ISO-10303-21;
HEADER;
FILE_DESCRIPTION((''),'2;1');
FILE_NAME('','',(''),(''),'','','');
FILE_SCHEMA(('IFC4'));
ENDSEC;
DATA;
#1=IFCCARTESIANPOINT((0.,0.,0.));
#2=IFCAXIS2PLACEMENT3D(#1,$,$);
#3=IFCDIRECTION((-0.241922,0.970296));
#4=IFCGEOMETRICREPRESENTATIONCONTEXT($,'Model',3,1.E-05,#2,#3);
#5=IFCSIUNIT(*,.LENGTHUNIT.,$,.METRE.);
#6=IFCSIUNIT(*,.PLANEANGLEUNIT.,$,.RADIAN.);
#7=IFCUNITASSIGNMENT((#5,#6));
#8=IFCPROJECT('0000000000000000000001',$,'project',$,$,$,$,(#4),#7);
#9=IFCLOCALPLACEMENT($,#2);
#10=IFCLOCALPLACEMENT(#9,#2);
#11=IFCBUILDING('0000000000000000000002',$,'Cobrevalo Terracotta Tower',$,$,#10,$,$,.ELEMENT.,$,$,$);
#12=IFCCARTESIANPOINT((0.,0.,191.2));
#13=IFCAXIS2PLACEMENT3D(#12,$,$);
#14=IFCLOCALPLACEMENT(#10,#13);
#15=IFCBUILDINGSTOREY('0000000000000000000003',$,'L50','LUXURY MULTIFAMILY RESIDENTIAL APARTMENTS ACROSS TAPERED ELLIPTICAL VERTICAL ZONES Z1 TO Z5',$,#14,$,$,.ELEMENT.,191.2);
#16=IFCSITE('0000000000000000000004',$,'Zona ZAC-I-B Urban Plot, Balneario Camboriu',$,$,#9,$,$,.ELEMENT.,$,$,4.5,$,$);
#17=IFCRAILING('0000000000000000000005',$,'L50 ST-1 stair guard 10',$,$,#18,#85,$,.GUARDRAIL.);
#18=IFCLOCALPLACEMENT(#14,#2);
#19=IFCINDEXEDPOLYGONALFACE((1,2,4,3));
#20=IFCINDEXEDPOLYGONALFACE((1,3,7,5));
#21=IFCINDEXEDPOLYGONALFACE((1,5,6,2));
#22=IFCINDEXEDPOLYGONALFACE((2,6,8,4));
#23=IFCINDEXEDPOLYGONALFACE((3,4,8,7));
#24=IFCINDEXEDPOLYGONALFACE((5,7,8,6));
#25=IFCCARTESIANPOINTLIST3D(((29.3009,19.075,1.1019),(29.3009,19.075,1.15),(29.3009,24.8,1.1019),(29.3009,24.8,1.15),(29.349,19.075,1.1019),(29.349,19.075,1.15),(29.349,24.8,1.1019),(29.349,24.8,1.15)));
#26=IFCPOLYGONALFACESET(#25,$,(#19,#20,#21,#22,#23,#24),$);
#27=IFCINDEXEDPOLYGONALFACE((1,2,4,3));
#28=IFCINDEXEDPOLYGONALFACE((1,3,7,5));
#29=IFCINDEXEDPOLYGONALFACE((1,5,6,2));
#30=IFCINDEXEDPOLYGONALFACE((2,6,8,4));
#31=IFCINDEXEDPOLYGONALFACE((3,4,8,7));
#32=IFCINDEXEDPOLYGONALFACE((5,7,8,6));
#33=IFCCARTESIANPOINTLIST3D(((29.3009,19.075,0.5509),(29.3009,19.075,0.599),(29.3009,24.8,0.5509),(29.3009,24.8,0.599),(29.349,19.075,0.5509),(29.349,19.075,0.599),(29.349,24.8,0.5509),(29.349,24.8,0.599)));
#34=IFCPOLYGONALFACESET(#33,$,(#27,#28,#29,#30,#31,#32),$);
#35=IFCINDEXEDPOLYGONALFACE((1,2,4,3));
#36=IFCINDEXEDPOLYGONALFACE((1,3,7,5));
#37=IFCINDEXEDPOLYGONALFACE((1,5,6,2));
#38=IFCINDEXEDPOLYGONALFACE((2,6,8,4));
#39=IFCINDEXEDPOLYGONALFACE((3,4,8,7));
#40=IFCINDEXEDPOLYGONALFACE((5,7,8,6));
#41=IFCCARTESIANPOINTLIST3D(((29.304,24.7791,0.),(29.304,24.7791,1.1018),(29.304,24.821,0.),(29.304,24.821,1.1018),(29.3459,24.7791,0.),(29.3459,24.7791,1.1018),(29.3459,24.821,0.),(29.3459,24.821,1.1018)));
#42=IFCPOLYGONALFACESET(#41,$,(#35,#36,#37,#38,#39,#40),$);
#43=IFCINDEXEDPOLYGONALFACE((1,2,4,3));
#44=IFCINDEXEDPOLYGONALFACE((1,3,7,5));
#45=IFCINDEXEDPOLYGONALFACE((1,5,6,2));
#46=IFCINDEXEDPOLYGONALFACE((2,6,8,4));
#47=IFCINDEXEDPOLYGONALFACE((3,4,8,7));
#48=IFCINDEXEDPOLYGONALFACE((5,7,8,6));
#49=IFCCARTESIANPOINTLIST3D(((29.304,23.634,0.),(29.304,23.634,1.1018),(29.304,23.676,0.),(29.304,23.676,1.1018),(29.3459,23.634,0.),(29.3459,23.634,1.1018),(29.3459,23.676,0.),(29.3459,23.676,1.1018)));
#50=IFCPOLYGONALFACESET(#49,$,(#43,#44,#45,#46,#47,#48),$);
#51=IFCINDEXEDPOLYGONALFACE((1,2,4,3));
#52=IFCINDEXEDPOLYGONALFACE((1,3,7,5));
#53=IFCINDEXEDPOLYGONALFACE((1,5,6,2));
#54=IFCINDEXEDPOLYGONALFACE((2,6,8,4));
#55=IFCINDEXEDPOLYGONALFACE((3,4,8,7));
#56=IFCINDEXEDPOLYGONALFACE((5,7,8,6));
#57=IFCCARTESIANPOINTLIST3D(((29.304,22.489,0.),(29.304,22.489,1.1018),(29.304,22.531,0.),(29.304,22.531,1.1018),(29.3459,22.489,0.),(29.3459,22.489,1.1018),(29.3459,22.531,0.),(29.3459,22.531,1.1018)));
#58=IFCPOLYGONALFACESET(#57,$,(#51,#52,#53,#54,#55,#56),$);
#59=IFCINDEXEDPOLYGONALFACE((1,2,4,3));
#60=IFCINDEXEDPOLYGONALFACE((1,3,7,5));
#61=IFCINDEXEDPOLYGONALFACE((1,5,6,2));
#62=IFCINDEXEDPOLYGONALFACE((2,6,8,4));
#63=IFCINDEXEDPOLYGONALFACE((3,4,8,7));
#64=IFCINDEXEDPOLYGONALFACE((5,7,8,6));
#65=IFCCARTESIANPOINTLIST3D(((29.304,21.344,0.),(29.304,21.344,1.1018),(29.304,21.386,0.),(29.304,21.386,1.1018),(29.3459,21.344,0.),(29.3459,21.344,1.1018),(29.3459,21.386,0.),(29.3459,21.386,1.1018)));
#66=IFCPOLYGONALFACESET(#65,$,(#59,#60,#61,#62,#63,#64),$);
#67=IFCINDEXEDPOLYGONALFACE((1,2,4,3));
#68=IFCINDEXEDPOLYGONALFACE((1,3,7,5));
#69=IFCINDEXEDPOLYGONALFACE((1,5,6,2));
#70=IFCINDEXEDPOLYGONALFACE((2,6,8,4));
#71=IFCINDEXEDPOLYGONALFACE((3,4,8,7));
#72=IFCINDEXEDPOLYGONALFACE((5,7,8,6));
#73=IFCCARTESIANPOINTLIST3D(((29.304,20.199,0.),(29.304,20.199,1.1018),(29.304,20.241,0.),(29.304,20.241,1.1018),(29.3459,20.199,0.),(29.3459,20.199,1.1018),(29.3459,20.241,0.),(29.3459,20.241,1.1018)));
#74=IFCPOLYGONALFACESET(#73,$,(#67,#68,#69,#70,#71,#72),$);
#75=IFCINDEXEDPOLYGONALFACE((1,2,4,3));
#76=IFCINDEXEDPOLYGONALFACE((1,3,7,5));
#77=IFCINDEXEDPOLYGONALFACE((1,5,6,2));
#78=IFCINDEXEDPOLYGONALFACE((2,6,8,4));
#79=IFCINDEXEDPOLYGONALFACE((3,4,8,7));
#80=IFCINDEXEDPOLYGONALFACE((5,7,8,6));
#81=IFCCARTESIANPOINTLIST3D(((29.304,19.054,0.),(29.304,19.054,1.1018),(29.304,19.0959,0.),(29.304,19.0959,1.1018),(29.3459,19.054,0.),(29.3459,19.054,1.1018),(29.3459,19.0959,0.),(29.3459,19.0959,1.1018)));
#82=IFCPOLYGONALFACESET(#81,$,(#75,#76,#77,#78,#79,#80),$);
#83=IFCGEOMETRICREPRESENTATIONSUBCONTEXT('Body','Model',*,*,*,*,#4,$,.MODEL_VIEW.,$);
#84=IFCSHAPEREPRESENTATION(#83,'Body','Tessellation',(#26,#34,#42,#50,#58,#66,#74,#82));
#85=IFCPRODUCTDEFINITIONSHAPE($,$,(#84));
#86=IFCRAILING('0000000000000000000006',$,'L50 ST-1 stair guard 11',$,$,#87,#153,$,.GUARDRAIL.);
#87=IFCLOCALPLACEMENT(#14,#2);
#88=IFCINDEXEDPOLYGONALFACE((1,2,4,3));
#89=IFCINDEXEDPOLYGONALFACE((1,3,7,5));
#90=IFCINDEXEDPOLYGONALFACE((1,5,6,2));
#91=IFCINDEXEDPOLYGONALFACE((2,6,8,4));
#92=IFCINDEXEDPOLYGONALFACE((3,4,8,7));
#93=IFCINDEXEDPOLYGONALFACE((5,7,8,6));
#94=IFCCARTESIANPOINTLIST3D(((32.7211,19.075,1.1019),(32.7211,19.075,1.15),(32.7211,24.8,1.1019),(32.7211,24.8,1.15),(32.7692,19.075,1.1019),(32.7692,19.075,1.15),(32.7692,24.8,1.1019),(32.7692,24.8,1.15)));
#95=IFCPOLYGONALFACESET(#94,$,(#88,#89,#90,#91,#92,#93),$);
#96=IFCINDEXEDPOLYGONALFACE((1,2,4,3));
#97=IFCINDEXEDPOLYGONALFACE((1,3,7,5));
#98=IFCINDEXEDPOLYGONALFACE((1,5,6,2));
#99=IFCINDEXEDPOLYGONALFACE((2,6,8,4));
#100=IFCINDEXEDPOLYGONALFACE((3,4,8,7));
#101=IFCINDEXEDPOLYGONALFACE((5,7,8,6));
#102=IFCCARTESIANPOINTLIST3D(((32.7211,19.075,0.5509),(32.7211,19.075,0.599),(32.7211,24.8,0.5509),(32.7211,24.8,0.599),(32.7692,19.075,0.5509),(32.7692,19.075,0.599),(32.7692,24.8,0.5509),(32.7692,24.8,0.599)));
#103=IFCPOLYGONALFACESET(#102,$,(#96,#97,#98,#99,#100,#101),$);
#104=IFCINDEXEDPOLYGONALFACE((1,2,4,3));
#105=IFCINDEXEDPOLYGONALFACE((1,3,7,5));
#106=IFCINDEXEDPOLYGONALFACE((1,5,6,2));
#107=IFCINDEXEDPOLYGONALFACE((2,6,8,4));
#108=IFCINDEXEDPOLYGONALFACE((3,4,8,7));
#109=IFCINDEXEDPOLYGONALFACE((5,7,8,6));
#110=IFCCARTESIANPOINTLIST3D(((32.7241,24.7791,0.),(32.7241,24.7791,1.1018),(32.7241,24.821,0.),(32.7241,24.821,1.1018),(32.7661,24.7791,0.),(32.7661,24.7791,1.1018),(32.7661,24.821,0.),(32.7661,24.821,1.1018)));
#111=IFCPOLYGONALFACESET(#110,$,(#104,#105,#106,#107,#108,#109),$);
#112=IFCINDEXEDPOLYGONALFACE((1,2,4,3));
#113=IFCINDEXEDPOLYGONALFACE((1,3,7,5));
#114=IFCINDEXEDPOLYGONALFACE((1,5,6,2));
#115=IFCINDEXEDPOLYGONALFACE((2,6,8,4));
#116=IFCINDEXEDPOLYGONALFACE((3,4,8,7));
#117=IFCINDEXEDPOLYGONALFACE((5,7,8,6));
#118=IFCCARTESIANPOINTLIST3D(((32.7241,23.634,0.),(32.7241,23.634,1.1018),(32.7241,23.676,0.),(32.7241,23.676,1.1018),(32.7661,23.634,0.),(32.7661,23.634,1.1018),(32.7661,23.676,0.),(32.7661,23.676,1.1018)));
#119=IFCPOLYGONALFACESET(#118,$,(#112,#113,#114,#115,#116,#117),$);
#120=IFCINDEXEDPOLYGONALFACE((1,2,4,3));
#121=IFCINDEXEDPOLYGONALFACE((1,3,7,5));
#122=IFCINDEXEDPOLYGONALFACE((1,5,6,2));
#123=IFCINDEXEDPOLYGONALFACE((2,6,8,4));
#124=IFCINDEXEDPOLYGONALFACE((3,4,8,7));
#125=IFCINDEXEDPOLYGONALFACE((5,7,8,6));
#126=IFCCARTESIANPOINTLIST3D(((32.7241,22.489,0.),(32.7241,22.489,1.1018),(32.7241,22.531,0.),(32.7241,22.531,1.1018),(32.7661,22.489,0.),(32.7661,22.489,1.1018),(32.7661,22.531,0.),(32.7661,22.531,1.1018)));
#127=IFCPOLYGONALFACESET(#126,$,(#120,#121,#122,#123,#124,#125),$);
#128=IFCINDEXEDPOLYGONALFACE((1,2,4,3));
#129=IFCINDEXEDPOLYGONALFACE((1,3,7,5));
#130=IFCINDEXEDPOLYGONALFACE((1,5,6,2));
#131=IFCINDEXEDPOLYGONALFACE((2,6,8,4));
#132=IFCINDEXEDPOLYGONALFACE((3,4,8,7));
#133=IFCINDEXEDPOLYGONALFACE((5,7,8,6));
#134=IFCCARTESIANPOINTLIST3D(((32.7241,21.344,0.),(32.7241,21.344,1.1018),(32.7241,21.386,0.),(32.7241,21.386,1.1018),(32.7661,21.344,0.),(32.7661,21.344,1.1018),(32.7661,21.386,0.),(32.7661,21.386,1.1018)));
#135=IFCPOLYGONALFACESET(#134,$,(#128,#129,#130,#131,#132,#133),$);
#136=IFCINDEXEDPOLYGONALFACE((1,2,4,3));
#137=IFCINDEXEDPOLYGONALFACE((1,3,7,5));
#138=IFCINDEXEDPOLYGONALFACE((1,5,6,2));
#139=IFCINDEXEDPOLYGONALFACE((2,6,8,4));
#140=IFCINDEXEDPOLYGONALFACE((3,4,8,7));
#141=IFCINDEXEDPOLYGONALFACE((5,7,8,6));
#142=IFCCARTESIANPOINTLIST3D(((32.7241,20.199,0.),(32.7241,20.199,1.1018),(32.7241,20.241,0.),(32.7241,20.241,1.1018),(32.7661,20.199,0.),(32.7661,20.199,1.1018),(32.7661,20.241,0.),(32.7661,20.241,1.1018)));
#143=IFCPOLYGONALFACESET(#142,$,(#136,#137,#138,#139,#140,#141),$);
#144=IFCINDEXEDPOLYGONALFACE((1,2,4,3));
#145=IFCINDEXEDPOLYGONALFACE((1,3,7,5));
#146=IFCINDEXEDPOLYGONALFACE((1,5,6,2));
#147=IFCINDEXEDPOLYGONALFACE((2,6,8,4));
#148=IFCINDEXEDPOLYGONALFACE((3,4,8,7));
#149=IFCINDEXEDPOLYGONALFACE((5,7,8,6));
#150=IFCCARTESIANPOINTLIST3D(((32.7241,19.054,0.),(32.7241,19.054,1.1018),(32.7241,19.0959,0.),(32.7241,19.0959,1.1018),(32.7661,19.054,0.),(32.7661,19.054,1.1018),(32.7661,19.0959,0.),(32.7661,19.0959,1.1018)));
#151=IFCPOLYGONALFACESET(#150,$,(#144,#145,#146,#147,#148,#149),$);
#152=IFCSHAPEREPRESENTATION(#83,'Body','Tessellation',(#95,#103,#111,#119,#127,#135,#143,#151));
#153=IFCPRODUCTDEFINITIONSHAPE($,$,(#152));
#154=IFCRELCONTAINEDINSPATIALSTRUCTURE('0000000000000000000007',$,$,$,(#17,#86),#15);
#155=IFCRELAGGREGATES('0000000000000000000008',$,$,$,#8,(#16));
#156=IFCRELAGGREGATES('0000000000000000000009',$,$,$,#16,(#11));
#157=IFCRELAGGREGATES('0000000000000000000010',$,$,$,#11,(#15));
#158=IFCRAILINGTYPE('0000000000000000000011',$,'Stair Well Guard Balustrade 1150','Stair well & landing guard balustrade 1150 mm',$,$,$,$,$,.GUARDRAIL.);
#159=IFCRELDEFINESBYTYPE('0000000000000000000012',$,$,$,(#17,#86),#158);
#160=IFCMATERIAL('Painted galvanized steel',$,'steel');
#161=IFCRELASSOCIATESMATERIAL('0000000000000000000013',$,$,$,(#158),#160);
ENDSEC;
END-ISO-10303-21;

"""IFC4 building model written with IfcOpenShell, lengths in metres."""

from ifc_helpers import new_model, si_unit, direction, frame, origin, origin_2d, place, context, subcontext, project, spatial, rectangle, extrude, material, type_object, element, save


model = new_model("IFC4")

# Units and contexts
model_context = context("Model", 3, precision=1e-05, world=origin(), true_north=direction((-0.241922, 0.970296)))
body_context = subcontext(model_context, "Body", "Model", "MODEL_VIEW")
ifc_project = project(units=[si_unit("LENGTHUNIT", "METRE"), si_unit("PLANEANGLEUNIT", "RADIAN")], contexts=[model_context])

# Site, building, storey
site_placement = place(None, origin())
site = spatial("IfcSite", under=ifc_project, at=site_placement, Name="Zona ZAC-I-B Urban Plot, Balneario Camboriu", CompositionType="ELEMENT", RefElevation=4.5)
building_placement = place(site_placement, origin())
building = spatial("IfcBuilding", under=site, at=building_placement, Name="Cobrevalo Terracotta Tower", CompositionType="ELEMENT")
storey_placement = place(building_placement, frame((0.0, 0.0, 191.2)))
storey = spatial("IfcBuildingStorey", under=building, at=storey_placement, Name="L50", Description="LUXURY MULTIFAMILY RESIDENTIAL APARTMENTS ACROSS TAPERED ELLIPTICAL VERTICAL ZONES Z1 TO Z5", CompositionType="ELEMENT", Elevation=191.2)

# Railings
ifc_material_1 = material(Name="Painted galvanized steel", Category="steel")
railing_type_1 = type_object("IfcRailingType", Name="Stair Well Guard Balustrade 1150", Description="Stair well & landing guard balustrade 1150 mm", PredefinedType="GUARDRAIL", material=ifc_material_1)
for number, where, name in (
    (1, (29.325, 24.8, 0.0), "L50 ST-1 stair guard 10"),
    (2, (32.7451, 24.8, 0.0), "L50 ST-1 stair guard 11"),
):
    element("IfcRailing", number, at=place(storey_placement, frame(where)), inside=storey, type_object=railing_type_1, Name=name, PredefinedType="GUARDRAIL", context=body_context, shape_type="SweptSolid", body=[
        extrude(rectangle(XDim=0.0481, YDim=0.0481, at=origin_2d()), frame((0.0, 0.0, 1.126), z_axis=(0.0, -1.0, 0.0), x_axis=(1.0, 0.0, 0.0)), (0.0, 0.0, 1.0), 5.7251),
        extrude(rectangle(XDim=0.0481, YDim=0.0481, at=origin_2d()), frame((0.0, 0.0, 0.575), z_axis=(0.0, -1.0, 0.0), x_axis=(1.0, 0.0, 0.0)), (0.0, 0.0, 1.0), 5.7251),
        extrude(rectangle(XDim=0.042, YDim=0.042, at=origin_2d()), origin(), (0.0, 0.0, 1.0), 1.1018),
        extrude(rectangle(XDim=0.042, YDim=0.042, at=origin_2d()), frame((0.0, -1.145, 0.0)), (0.0, 0.0, 1.0), 1.1018),
        extrude(rectangle(XDim=0.042, YDim=0.042, at=origin_2d()), frame((0.0, -2.29, 0.0)), (0.0, 0.0, 1.0), 1.1018),
        extrude(rectangle(XDim=0.042, YDim=0.042, at=origin_2d()), frame((0.0, -3.4351, 0.0)), (0.0, 0.0, 1.0), 1.1018),
        extrude(rectangle(XDim=0.042, YDim=0.042, at=origin_2d()), frame((0.0, -4.5801, 0.0)), (0.0, 0.0, 1.0), 1.1018),
        extrude(rectangle(XDim=0.042, YDim=0.042, at=origin_2d()), frame((0.0, -5.7251, 0.0)), (0.0, 0.0, 1.0), 1.1018),
    ])

save(model, "model.ifc")
